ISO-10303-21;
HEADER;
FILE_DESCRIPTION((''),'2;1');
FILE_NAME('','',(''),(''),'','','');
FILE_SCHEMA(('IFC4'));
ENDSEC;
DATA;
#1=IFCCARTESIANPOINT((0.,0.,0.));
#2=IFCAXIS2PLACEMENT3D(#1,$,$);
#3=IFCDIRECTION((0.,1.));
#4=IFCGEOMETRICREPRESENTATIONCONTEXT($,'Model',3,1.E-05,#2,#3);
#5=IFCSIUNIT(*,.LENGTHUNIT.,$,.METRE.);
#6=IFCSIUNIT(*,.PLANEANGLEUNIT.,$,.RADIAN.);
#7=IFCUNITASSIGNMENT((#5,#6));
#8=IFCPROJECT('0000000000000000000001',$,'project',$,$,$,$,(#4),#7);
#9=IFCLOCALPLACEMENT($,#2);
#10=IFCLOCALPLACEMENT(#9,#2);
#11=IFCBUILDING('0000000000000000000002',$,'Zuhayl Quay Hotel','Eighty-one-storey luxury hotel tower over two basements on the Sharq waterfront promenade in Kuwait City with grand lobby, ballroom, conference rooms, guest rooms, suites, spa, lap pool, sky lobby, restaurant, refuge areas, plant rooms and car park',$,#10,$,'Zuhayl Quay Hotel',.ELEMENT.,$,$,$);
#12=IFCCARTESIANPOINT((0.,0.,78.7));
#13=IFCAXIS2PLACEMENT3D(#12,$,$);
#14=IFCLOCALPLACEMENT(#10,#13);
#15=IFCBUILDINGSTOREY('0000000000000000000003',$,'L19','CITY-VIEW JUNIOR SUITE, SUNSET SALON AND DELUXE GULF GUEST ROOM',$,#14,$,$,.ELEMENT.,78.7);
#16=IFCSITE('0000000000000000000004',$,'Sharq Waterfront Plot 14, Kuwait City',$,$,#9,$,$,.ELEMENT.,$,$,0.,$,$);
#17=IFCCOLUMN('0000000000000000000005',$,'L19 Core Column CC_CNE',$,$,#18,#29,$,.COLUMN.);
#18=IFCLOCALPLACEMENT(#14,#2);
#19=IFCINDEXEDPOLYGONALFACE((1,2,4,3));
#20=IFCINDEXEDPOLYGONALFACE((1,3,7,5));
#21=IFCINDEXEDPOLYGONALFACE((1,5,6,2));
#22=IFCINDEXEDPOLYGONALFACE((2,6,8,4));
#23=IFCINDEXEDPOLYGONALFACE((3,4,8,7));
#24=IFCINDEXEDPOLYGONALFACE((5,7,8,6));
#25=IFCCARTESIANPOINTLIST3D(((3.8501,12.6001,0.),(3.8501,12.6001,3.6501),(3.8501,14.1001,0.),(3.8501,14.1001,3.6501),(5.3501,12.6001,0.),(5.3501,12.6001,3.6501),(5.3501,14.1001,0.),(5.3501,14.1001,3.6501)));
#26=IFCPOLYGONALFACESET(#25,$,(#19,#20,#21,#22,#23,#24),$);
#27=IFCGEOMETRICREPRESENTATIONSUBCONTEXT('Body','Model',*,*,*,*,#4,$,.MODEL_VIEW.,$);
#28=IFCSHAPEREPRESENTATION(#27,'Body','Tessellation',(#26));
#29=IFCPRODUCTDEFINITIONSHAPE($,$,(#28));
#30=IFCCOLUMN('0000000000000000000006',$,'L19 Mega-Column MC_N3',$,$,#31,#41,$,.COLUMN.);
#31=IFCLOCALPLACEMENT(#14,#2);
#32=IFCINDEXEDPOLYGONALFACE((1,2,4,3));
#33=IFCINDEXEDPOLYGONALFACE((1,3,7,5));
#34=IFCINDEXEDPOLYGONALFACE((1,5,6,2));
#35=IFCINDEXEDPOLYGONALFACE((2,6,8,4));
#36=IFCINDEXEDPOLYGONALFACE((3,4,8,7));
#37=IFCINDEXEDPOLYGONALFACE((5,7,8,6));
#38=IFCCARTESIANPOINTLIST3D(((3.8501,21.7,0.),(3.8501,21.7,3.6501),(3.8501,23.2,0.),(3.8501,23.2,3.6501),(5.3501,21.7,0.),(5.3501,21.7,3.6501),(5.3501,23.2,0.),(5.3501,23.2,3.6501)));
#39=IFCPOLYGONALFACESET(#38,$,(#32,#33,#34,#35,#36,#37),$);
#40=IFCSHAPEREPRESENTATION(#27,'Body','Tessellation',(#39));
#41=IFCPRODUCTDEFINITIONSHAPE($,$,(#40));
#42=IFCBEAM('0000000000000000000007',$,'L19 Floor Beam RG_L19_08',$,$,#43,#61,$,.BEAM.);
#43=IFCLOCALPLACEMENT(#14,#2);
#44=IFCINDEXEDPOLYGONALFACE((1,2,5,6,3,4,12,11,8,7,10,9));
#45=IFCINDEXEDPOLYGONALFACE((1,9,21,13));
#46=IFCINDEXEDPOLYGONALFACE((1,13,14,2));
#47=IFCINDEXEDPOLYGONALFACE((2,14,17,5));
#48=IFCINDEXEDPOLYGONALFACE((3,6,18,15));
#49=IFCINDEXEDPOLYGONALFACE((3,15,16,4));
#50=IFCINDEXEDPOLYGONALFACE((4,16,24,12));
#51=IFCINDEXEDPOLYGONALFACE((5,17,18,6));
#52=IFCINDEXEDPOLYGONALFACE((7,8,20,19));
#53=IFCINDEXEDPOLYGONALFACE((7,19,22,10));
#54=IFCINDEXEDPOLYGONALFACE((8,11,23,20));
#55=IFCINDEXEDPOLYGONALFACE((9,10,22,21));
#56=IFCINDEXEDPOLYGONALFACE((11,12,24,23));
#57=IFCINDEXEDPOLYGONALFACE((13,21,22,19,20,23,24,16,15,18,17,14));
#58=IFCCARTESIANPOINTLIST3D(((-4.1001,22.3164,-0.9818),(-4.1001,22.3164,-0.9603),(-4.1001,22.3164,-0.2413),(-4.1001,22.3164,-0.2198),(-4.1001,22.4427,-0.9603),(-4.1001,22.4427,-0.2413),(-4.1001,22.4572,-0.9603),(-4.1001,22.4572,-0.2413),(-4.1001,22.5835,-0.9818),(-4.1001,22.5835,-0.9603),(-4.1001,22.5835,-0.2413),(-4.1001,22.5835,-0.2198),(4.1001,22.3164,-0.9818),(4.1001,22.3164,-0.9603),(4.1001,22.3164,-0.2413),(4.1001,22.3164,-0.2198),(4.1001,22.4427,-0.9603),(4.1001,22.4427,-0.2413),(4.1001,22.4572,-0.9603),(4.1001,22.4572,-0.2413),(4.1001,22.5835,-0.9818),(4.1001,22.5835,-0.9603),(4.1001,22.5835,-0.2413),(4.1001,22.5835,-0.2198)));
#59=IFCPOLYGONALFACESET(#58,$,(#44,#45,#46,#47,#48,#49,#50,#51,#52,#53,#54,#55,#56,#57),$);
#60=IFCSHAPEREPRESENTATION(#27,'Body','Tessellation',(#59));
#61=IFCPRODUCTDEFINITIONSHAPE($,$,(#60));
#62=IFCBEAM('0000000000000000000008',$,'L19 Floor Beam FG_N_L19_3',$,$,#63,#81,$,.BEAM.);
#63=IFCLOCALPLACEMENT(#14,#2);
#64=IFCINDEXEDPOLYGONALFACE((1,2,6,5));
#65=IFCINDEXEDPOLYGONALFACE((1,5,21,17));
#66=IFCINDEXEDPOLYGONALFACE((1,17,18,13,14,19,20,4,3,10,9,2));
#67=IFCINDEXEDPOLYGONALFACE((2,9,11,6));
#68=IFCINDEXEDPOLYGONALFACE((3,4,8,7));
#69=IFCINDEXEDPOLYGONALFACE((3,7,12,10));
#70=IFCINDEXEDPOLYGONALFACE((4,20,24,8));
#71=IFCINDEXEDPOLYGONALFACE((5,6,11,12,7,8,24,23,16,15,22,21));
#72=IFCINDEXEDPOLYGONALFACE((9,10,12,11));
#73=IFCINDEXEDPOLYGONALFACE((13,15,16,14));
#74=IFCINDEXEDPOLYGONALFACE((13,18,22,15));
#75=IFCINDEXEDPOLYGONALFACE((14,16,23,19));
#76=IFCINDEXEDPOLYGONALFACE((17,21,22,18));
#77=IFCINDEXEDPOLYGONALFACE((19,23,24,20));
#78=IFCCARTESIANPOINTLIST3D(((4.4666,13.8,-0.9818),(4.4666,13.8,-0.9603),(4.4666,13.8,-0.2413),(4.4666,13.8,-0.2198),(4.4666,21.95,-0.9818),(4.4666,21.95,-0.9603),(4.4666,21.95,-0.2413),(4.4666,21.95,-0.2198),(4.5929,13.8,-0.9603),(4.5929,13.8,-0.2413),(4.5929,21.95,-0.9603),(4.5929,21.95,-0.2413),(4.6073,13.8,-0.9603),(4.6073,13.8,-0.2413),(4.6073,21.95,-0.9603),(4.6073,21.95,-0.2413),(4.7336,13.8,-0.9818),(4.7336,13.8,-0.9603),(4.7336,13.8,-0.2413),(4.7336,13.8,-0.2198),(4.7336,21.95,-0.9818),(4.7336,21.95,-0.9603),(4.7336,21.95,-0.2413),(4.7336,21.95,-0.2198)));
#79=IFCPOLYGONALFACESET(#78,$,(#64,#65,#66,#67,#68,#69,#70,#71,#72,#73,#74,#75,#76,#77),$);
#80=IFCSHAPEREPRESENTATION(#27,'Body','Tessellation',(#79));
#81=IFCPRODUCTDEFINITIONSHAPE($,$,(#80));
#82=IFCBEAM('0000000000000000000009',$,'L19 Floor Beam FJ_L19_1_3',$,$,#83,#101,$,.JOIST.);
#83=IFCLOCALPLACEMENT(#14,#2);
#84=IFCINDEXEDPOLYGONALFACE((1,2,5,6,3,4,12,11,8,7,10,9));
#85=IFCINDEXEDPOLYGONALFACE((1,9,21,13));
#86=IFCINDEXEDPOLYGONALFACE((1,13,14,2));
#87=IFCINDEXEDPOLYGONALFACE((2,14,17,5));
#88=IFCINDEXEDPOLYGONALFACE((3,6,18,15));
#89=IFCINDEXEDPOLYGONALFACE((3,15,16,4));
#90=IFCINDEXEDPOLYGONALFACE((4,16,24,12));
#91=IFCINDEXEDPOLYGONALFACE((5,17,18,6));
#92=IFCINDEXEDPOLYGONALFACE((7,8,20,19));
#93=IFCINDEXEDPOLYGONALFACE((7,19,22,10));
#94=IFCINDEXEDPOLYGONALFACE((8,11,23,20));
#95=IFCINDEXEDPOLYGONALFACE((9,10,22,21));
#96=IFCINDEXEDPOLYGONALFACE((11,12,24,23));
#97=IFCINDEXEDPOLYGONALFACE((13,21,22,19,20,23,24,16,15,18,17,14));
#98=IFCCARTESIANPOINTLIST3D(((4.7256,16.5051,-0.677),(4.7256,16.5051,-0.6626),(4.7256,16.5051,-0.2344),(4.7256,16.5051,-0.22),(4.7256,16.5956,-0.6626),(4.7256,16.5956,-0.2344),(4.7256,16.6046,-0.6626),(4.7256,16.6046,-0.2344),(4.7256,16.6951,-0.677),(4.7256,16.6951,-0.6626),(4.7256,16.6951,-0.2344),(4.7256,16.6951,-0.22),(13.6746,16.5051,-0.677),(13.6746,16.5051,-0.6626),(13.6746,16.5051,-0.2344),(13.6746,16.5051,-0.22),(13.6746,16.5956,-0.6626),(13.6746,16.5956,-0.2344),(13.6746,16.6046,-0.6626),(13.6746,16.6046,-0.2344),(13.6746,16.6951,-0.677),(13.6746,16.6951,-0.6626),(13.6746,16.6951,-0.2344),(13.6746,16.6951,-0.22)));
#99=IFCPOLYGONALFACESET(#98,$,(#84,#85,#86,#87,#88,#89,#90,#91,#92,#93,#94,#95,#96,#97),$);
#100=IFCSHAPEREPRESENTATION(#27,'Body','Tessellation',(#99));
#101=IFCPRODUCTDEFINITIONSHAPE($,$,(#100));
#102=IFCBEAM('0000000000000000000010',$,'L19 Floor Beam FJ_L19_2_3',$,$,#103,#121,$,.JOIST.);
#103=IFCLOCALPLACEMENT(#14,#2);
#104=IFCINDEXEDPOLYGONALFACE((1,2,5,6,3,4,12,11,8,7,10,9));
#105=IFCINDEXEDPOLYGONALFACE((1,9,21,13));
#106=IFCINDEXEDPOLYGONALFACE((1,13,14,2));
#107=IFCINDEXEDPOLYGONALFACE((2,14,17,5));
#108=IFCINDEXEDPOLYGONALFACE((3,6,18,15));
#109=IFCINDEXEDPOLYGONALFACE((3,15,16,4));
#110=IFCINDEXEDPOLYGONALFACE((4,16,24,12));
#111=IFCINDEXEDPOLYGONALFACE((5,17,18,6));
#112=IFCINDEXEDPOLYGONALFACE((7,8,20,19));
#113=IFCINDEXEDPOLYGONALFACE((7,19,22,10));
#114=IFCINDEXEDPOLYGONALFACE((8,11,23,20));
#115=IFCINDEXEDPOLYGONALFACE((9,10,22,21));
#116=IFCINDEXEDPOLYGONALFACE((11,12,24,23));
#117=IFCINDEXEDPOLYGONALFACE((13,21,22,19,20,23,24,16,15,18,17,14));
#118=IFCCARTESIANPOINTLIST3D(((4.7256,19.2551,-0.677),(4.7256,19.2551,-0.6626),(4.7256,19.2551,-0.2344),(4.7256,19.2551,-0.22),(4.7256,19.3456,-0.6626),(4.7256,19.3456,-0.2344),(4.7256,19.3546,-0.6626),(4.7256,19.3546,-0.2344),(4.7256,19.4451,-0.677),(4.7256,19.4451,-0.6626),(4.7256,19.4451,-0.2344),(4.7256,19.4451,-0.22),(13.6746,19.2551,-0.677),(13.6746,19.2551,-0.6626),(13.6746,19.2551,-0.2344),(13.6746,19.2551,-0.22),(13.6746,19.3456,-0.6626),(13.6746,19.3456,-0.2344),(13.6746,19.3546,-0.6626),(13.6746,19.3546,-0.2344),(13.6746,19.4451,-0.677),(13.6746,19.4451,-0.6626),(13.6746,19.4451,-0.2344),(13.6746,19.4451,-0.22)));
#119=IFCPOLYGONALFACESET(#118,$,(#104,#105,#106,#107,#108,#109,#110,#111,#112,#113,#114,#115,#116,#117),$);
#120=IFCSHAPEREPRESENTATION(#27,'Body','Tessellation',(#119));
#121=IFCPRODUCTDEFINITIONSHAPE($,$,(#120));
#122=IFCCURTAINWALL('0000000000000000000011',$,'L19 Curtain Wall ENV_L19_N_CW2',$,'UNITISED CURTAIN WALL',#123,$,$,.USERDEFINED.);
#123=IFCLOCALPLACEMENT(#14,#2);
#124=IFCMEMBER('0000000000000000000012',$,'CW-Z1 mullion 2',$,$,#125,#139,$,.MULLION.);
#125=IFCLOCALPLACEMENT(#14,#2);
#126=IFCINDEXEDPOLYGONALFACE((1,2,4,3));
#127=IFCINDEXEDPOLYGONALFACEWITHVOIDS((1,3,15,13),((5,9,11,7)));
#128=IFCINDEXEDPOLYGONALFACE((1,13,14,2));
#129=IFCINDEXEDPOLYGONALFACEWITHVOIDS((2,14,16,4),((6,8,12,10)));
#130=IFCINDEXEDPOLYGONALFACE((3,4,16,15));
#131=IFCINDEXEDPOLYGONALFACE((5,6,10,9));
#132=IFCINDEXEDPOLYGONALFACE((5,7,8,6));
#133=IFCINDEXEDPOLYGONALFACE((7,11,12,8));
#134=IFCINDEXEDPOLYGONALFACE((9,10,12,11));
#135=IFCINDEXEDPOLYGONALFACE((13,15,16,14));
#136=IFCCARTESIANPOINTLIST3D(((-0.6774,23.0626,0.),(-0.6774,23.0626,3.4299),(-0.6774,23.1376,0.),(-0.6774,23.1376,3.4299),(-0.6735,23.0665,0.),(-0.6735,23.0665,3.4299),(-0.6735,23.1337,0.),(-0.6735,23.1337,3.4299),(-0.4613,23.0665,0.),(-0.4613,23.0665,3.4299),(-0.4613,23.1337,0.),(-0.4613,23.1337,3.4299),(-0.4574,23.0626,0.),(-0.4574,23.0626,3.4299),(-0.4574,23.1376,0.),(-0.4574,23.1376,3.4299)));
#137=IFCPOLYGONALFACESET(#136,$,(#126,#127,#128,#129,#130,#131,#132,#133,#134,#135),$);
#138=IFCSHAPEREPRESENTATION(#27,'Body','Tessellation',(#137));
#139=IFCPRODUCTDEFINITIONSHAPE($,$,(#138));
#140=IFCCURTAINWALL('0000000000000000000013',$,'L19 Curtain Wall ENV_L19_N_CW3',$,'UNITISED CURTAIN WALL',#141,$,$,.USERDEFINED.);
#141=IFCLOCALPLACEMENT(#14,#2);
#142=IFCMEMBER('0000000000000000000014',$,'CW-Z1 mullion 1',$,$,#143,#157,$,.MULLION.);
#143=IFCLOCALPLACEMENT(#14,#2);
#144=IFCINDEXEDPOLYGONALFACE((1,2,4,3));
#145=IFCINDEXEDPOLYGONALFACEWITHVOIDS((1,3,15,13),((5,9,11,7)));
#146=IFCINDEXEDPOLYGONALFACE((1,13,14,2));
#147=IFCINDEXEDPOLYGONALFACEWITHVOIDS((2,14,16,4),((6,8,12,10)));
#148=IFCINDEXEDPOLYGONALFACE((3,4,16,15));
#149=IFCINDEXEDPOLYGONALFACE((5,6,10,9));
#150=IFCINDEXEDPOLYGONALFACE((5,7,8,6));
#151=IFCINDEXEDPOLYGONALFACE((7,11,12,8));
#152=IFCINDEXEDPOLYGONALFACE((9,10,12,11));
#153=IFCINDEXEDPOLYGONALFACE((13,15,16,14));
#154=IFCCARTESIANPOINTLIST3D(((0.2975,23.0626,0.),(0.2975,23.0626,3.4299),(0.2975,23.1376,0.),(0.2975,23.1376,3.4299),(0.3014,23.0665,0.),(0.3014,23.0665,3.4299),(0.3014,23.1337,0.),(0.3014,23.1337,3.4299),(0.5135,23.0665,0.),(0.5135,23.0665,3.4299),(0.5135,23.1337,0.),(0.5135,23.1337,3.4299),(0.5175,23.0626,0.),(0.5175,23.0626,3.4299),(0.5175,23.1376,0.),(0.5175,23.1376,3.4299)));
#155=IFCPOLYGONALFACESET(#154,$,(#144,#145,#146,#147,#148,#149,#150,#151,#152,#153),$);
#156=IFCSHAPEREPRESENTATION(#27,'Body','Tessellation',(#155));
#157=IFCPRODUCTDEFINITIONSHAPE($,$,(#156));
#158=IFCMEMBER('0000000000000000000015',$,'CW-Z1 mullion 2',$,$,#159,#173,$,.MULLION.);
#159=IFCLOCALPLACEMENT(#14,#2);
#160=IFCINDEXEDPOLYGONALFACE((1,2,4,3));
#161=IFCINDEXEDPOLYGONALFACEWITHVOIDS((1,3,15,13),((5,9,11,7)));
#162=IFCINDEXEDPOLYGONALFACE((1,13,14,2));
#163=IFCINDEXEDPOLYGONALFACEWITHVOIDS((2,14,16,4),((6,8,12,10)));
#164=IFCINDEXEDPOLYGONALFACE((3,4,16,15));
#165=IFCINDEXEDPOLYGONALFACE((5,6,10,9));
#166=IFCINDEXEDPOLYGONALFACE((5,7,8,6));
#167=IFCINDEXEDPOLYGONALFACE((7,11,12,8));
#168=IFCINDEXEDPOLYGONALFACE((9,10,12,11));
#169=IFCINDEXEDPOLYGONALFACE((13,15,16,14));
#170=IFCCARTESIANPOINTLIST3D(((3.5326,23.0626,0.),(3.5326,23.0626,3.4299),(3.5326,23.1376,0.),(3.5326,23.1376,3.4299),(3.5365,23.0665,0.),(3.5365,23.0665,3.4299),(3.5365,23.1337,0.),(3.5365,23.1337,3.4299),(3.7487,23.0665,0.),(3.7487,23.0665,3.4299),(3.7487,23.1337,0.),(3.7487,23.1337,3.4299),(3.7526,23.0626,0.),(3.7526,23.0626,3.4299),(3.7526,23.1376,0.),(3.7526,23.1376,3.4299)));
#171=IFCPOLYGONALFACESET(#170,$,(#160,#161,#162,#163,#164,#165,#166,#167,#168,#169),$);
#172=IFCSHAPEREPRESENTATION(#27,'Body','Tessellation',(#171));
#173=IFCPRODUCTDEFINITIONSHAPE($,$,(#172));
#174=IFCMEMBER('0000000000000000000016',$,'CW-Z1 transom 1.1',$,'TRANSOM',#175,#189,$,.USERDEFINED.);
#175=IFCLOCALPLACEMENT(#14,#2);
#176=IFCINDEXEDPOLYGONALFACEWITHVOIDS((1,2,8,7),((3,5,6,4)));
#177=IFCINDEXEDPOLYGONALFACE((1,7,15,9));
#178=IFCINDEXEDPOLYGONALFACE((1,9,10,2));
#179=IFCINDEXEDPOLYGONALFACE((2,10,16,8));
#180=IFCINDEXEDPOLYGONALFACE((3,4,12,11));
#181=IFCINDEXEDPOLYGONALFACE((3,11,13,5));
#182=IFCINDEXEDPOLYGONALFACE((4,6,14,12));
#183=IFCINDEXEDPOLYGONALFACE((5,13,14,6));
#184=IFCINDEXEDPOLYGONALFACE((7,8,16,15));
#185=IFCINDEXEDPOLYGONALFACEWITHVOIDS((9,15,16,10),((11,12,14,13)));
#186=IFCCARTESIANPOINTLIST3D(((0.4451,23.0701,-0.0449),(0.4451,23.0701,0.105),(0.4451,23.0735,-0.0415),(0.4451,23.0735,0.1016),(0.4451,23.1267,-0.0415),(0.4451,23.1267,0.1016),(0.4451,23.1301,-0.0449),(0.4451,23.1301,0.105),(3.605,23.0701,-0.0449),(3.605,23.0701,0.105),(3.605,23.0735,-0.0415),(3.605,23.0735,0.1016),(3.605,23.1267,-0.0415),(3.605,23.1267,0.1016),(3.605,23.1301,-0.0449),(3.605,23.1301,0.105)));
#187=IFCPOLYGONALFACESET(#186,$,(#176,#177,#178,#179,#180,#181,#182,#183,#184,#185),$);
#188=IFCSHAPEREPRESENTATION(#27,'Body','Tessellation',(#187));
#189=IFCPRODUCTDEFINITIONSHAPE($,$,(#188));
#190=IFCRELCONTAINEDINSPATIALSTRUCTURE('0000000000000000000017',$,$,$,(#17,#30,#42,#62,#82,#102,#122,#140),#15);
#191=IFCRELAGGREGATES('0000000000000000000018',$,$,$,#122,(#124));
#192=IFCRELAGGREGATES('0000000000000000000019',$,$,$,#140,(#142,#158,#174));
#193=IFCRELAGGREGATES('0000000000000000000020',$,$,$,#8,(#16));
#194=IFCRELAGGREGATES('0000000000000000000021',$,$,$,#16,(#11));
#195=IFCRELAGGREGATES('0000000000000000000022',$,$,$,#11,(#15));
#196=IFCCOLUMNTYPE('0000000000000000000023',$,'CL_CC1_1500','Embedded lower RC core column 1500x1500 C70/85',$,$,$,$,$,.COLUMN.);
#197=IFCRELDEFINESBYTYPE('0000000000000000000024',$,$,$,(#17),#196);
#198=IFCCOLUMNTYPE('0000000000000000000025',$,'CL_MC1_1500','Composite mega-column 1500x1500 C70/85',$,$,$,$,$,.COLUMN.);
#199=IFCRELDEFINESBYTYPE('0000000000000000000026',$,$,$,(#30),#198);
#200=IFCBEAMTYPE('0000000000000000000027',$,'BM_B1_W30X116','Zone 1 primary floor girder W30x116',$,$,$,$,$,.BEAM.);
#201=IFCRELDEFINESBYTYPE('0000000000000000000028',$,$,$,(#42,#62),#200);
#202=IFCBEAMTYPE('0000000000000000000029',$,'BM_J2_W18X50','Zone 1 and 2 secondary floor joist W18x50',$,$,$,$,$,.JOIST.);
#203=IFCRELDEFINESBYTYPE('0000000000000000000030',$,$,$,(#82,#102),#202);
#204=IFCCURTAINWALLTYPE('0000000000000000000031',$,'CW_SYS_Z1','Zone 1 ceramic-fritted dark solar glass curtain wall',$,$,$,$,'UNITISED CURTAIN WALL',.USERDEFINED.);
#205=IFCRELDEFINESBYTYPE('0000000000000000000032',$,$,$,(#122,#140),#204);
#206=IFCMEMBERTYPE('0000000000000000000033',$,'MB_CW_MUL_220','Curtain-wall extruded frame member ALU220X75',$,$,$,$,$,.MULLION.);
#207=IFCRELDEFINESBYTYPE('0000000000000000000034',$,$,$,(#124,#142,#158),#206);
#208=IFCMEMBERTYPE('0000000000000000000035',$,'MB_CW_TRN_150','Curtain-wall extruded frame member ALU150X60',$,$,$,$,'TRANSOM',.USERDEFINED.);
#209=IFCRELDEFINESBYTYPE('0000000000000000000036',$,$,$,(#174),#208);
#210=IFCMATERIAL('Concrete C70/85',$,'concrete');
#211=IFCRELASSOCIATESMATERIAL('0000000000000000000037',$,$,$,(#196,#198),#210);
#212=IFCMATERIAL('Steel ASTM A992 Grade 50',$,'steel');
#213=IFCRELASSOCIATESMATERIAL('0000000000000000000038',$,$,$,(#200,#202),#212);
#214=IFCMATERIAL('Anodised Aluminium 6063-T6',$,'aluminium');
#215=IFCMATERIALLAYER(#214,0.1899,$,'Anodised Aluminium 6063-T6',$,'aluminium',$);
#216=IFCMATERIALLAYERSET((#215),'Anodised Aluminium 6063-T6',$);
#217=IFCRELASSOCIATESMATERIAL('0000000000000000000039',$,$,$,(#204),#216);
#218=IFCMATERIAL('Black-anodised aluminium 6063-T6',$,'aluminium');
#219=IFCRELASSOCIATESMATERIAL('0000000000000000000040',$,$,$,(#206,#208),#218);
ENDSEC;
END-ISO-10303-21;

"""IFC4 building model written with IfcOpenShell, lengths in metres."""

from ifc_helpers import new_model, si_unit, direction, frame, origin, origin_2d, place, context, subcontext, project, spatial, rectangle, hollow_rectangle, i_section, extrude, material, layer, layer_set, material_profile, profile_set, type_object, element, aggregate, save


model = new_model("IFC4")

# Units and contexts
model_context = context("Model", 3, precision=1e-05, world=origin(), true_north=direction((0.0, 1.0)))
body_context = subcontext(model_context, "Body", "Model", "MODEL_VIEW")
ifc_project = project(units=[si_unit("LENGTHUNIT", "METRE"), si_unit("PLANEANGLEUNIT", "RADIAN")], contexts=[model_context])

# Site, building, storey
site_placement = place(None, origin())
site = spatial("IfcSite", under=ifc_project, at=site_placement, Name="Sharq Waterfront Plot 14, Kuwait City", CompositionType="ELEMENT", RefElevation=0.0)
building_placement = place(site_placement, origin())
building = spatial("IfcBuilding", under=site, at=building_placement, Name="Zuhayl Quay Hotel", Description="Eighty-one-storey luxury hotel tower over two basements on the Sharq waterfront promenade in Kuwait City with grand lobby, ballroom, conference rooms, guest rooms, suites, spa, lap pool, sky lobby, restaurant, refuge areas, plant rooms and car park", LongName="Zuhayl Quay Hotel", CompositionType="ELEMENT")
storey_placement = place(building_placement, frame((0.0, 0.0, 78.7)))
storey = spatial("IfcBuildingStorey", under=building, at=storey_placement, Name="L19", Description="CITY-VIEW JUNIOR SUITE, SUNSET SALON AND DELUXE GULF GUEST ROOM", CompositionType="ELEMENT", Elevation=78.7)

# Columns
ifc_material_1 = material(Name="Concrete C70/85", Category="concrete")
ifc_material_profile_1 = material_profile(ifc_material_1, rectangle(XDim=1.5, YDim=1.5, at=origin_2d()), Name="RC1500X1500")
ifc_profile_set_1 = profile_set([ifc_material_profile_1], Name="Concrete C70/85")
column_type_1 = type_object("IfcColumnType", Name="CL_CC1_1500", Description="Embedded lower RC core column 1500x1500 C70/85", PredefinedType="COLUMN", material=ifc_profile_set_1)
column_1_placement = place(storey_placement, frame((4.6001, 13.3501, 0.0), z_axis=(0.0, 0.0, 1.0), x_axis=(1.0, 0.0, 0.0)))
element("IfcColumn", 1, at=column_1_placement, inside=storey, type_object=column_type_1, Name="L19 Core Column CC_CNE", PredefinedType="COLUMN", context=body_context, shape_type="SweptSolid", body=[
    extrude(rectangle(XDim=1.5, YDim=1.5, at=origin_2d()), origin(), (0.0, 0.0, 1.0), 3.6501),
])
ifc_material_profile_2 = material_profile(ifc_material_1, rectangle(XDim=1.5, YDim=1.5, at=origin_2d()), Name="RC1500X1500")
ifc_profile_set_2 = profile_set([ifc_material_profile_2], Name="Concrete C70/85")
column_type_2 = type_object("IfcColumnType", Name="CL_MC1_1500", Description="Composite mega-column 1500x1500 C70/85", PredefinedType="COLUMN", material=ifc_profile_set_2)
column_2_placement = place(storey_placement, frame((4.6001, 22.45, 0.0), z_axis=(0.0, 0.0, 1.0), x_axis=(1.0, 0.0, 0.0)))
element("IfcColumn", 2, at=column_2_placement, inside=storey, type_object=column_type_2, Name="L19 Mega-Column MC_N3", PredefinedType="COLUMN", context=body_context, shape_type="SweptSolid", body=[
    extrude(rectangle(XDim=1.5, YDim=1.5, at=origin_2d()), origin(), (0.0, 0.0, 1.0), 3.6501),
])

# Beams
ifc_material_2 = material(Name="Steel ASTM A992 Grade 50", Category="steel")
ifc_material_profile_3 = material_profile(ifc_material_2, i_section(OverallWidth=0.2671, OverallDepth=0.762, WebThickness=0.0144, FlangeThickness=0.0215, at=origin_2d()), Name="W30X116")
ifc_profile_set_3 = profile_set([ifc_material_profile_3], Name="Steel ASTM A992 Grade 50")
beam_type_1 = type_object("IfcBeamType", Name="BM_B1_W30X116", Description="Zone 1 primary floor girder W30x116", PredefinedType="BEAM", material=ifc_profile_set_3)
beam_1_placement = place(storey_placement, frame((4.1001, 22.45, -0.6008), z_axis=(-1.0, 0.0, 0.0), x_axis=(0.0, -1.0, 0.0)))
element("IfcBeam", 3, at=beam_1_placement, inside=storey, type_object=beam_type_1, Name="L19 Floor Beam RG_L19_08", PredefinedType="BEAM", context=body_context, shape_type="SweptSolid", body=[
    extrude(i_section(OverallWidth=0.2671, OverallDepth=0.762, WebThickness=0.0144, FlangeThickness=0.0215, at=origin_2d()), origin(), (0.0, 0.0, 1.0), 8.2002),
])
beam_2_placement = place(storey_placement, frame((4.6001, 13.8, -0.6008), z_axis=(0.0, 1.0, 0.0), x_axis=(-1.0, 0.0, 0.0)))
element("IfcBeam", 4, at=beam_2_placement, inside=storey, type_object=beam_type_1, Name="L19 Floor Beam FG_N_L19_3", PredefinedType="BEAM", context=body_context, shape_type="SweptSolid", body=[
    extrude(i_section(OverallWidth=0.2671, OverallDepth=0.762, WebThickness=0.0144, FlangeThickness=0.0215, at=origin_2d()), origin(), (0.0, 0.0, 1.0), 8.1499),
])
ifc_material_profile_4 = material_profile(ifc_material_2, i_section(OverallWidth=0.1899, OverallDepth=0.457, WebThickness=0.009, FlangeThickness=0.0144, at=origin_2d()), Name="W18X50")
ifc_profile_set_4 = profile_set([ifc_material_profile_4], Name="Steel ASTM A992 Grade 50")
beam_type_2 = type_object("IfcBeamType", Name="BM_J2_W18X50", Description="Zone 1 and 2 secondary floor joist W18x50", PredefinedType="JOIST", material=ifc_profile_set_4)
for number, where, z_axis, x_axis, name in (
    (5, (4.7256, 16.6001, -0.4485), (1.0, 0.0, 0.0), (0.0, 1.0, 0.0), "L19 Floor Beam FJ_L19_1_3"),
    (6, (4.7256, 19.3501, -0.4485), (1.0, 0.0, 0.0), (0.0, 1.0, 0.0), "L19 Floor Beam FJ_L19_2_3"),
):
    element("IfcBeam", number, at=place(storey_placement, frame(where, z_axis=z_axis, x_axis=x_axis)), inside=storey, type_object=beam_type_2, Name=name, PredefinedType="JOIST", context=body_context, shape_type="SweptSolid", body=[
        extrude(i_section(OverallWidth=0.1899, OverallDepth=0.457, WebThickness=0.009, FlangeThickness=0.0144, at=origin_2d()), origin(), (0.0, 0.0, 1.0), 8.949),
    ])

# Curtain wall, member
ifc_material_3 = material(Name="Anodised Aluminium 6063-T6", Category="aluminium")
ifc_layer_1 = layer(ifc_material_3, 0.1899, Name="Anodised Aluminium 6063-T6", Category="aluminium")
ifc_layer_set_1 = layer_set([ifc_layer_1], Name="Anodised Aluminium 6063-T6")
curtain_wall_type = type_object("IfcCurtainWallType", Name="CW_SYS_Z1", Description="Zone 1 ceramic-fritted dark solar glass curtain wall", ElementType="UNITISED CURTAIN WALL", PredefinedType="USERDEFINED", material=ifc_layer_set_1)
curtain_wall_1_placement = place(storey_placement, origin())
curtain_wall_1 = element("IfcCurtainWall", 7, at=curtain_wall_1_placement, inside=storey, type_object=curtain_wall_type, Name="L19 Curtain Wall ENV_L19_N_CW2", ObjectType="UNITISED CURTAIN WALL", PredefinedType="USERDEFINED")
ifc_material_4 = material(Name="Black-anodised aluminium 6063-T6", Category="aluminium")
ifc_material_profile_5 = material_profile(ifc_material_4, hollow_rectangle(XDim=0.075, YDim=0.22, WallThickness=0.0039, at=origin_2d()), Name="ALU220X75")
ifc_profile_set_5 = profile_set([ifc_material_profile_5], Name="Black-anodised aluminium 6063-T6")
member_type_1 = type_object("IfcMemberType", Name="MB_CW_MUL_220", Description="Curtain-wall extruded frame member ALU220X75", PredefinedType="MULLION", material=ifc_profile_set_5)
member_1_placement = place(storey_placement, frame((-0.5674, 23.1001, 0.0), z_axis=(0.0, 0.0, 1.0), x_axis=(0.0, 1.0, 0.0)))
member_1 = element("IfcMember", 8, at=member_1_placement, type_object=member_type_1, Name="CW-Z1 mullion 2", PredefinedType="MULLION", context=body_context, shape_type="SweptSolid", body=[
    extrude(hollow_rectangle(XDim=0.075, YDim=0.22, WallThickness=0.0039, at=origin_2d()), origin(), (0.0, 0.0, 1.0), 3.4299),
])
aggregate(curtain_wall_1, [member_1])

# Curtain wall, members
curtain_wall_2_placement = place(storey_placement, origin())
curtain_wall_2 = element("IfcCurtainWall", 9, at=curtain_wall_2_placement, inside=storey, type_object=curtain_wall_type, Name="L19 Curtain Wall ENV_L19_N_CW3", ObjectType="UNITISED CURTAIN WALL", PredefinedType="USERDEFINED")
member_2_placement = place(storey_placement, frame((0.4075, 23.1001, 0.0), z_axis=(0.0, 0.0, 1.0), x_axis=(0.0, 1.0, 0.0)))
member_2 = element("IfcMember", 10, at=member_2_placement, type_object=member_type_1, Name="CW-Z1 mullion 1", PredefinedType="MULLION", context=body_context, shape_type="SweptSolid", body=[
    extrude(hollow_rectangle(XDim=0.075, YDim=0.22, WallThickness=0.0039, at=origin_2d()), origin(), (0.0, 0.0, 1.0), 3.4299),
])
member_3_placement = place(storey_placement, frame((3.6426, 23.1001, 0.0), z_axis=(0.0, 0.0, 1.0), x_axis=(0.0, 1.0, 0.0)))
member_3 = element("IfcMember", 11, at=member_3_placement, type_object=member_type_1, Name="CW-Z1 mullion 2", PredefinedType="MULLION", context=body_context, shape_type="SweptSolid", body=[
    extrude(hollow_rectangle(XDim=0.075, YDim=0.22, WallThickness=0.0039, at=origin_2d()), origin(), (0.0, 0.0, 1.0), 3.4299),
])
ifc_material_profile_6 = material_profile(ifc_material_4, hollow_rectangle(XDim=0.0601, YDim=0.1499, WallThickness=0.0034, at=origin_2d()), Name="ALU150X60")
ifc_profile_set_6 = profile_set([ifc_material_profile_6], Name="Black-anodised aluminium 6063-T6")
member_type_2 = type_object("IfcMemberType", Name="MB_CW_TRN_150", Description="Curtain-wall extruded frame member ALU150X60", ElementType="TRANSOM", PredefinedType="USERDEFINED", material=ifc_profile_set_6)
member_4_placement = place(storey_placement, frame((0.4451, 23.1001, 0.03), z_axis=(1.0, 0.0, 0.0), x_axis=(0.0, 1.0, 0.0)))
member_4 = element("IfcMember", 12, at=member_4_placement, type_object=member_type_2, Name="CW-Z1 transom 1.1", ObjectType="TRANSOM", PredefinedType="USERDEFINED", context=body_context, shape_type="SweptSolid", body=[
    extrude(hollow_rectangle(XDim=0.0601, YDim=0.1499, WallThickness=0.0034, at=origin_2d()), origin(), (0.0, 0.0, 1.0), 3.1599),
])
aggregate(curtain_wall_2, [member_2, member_3, member_4])

save(model, "model.ifc")
